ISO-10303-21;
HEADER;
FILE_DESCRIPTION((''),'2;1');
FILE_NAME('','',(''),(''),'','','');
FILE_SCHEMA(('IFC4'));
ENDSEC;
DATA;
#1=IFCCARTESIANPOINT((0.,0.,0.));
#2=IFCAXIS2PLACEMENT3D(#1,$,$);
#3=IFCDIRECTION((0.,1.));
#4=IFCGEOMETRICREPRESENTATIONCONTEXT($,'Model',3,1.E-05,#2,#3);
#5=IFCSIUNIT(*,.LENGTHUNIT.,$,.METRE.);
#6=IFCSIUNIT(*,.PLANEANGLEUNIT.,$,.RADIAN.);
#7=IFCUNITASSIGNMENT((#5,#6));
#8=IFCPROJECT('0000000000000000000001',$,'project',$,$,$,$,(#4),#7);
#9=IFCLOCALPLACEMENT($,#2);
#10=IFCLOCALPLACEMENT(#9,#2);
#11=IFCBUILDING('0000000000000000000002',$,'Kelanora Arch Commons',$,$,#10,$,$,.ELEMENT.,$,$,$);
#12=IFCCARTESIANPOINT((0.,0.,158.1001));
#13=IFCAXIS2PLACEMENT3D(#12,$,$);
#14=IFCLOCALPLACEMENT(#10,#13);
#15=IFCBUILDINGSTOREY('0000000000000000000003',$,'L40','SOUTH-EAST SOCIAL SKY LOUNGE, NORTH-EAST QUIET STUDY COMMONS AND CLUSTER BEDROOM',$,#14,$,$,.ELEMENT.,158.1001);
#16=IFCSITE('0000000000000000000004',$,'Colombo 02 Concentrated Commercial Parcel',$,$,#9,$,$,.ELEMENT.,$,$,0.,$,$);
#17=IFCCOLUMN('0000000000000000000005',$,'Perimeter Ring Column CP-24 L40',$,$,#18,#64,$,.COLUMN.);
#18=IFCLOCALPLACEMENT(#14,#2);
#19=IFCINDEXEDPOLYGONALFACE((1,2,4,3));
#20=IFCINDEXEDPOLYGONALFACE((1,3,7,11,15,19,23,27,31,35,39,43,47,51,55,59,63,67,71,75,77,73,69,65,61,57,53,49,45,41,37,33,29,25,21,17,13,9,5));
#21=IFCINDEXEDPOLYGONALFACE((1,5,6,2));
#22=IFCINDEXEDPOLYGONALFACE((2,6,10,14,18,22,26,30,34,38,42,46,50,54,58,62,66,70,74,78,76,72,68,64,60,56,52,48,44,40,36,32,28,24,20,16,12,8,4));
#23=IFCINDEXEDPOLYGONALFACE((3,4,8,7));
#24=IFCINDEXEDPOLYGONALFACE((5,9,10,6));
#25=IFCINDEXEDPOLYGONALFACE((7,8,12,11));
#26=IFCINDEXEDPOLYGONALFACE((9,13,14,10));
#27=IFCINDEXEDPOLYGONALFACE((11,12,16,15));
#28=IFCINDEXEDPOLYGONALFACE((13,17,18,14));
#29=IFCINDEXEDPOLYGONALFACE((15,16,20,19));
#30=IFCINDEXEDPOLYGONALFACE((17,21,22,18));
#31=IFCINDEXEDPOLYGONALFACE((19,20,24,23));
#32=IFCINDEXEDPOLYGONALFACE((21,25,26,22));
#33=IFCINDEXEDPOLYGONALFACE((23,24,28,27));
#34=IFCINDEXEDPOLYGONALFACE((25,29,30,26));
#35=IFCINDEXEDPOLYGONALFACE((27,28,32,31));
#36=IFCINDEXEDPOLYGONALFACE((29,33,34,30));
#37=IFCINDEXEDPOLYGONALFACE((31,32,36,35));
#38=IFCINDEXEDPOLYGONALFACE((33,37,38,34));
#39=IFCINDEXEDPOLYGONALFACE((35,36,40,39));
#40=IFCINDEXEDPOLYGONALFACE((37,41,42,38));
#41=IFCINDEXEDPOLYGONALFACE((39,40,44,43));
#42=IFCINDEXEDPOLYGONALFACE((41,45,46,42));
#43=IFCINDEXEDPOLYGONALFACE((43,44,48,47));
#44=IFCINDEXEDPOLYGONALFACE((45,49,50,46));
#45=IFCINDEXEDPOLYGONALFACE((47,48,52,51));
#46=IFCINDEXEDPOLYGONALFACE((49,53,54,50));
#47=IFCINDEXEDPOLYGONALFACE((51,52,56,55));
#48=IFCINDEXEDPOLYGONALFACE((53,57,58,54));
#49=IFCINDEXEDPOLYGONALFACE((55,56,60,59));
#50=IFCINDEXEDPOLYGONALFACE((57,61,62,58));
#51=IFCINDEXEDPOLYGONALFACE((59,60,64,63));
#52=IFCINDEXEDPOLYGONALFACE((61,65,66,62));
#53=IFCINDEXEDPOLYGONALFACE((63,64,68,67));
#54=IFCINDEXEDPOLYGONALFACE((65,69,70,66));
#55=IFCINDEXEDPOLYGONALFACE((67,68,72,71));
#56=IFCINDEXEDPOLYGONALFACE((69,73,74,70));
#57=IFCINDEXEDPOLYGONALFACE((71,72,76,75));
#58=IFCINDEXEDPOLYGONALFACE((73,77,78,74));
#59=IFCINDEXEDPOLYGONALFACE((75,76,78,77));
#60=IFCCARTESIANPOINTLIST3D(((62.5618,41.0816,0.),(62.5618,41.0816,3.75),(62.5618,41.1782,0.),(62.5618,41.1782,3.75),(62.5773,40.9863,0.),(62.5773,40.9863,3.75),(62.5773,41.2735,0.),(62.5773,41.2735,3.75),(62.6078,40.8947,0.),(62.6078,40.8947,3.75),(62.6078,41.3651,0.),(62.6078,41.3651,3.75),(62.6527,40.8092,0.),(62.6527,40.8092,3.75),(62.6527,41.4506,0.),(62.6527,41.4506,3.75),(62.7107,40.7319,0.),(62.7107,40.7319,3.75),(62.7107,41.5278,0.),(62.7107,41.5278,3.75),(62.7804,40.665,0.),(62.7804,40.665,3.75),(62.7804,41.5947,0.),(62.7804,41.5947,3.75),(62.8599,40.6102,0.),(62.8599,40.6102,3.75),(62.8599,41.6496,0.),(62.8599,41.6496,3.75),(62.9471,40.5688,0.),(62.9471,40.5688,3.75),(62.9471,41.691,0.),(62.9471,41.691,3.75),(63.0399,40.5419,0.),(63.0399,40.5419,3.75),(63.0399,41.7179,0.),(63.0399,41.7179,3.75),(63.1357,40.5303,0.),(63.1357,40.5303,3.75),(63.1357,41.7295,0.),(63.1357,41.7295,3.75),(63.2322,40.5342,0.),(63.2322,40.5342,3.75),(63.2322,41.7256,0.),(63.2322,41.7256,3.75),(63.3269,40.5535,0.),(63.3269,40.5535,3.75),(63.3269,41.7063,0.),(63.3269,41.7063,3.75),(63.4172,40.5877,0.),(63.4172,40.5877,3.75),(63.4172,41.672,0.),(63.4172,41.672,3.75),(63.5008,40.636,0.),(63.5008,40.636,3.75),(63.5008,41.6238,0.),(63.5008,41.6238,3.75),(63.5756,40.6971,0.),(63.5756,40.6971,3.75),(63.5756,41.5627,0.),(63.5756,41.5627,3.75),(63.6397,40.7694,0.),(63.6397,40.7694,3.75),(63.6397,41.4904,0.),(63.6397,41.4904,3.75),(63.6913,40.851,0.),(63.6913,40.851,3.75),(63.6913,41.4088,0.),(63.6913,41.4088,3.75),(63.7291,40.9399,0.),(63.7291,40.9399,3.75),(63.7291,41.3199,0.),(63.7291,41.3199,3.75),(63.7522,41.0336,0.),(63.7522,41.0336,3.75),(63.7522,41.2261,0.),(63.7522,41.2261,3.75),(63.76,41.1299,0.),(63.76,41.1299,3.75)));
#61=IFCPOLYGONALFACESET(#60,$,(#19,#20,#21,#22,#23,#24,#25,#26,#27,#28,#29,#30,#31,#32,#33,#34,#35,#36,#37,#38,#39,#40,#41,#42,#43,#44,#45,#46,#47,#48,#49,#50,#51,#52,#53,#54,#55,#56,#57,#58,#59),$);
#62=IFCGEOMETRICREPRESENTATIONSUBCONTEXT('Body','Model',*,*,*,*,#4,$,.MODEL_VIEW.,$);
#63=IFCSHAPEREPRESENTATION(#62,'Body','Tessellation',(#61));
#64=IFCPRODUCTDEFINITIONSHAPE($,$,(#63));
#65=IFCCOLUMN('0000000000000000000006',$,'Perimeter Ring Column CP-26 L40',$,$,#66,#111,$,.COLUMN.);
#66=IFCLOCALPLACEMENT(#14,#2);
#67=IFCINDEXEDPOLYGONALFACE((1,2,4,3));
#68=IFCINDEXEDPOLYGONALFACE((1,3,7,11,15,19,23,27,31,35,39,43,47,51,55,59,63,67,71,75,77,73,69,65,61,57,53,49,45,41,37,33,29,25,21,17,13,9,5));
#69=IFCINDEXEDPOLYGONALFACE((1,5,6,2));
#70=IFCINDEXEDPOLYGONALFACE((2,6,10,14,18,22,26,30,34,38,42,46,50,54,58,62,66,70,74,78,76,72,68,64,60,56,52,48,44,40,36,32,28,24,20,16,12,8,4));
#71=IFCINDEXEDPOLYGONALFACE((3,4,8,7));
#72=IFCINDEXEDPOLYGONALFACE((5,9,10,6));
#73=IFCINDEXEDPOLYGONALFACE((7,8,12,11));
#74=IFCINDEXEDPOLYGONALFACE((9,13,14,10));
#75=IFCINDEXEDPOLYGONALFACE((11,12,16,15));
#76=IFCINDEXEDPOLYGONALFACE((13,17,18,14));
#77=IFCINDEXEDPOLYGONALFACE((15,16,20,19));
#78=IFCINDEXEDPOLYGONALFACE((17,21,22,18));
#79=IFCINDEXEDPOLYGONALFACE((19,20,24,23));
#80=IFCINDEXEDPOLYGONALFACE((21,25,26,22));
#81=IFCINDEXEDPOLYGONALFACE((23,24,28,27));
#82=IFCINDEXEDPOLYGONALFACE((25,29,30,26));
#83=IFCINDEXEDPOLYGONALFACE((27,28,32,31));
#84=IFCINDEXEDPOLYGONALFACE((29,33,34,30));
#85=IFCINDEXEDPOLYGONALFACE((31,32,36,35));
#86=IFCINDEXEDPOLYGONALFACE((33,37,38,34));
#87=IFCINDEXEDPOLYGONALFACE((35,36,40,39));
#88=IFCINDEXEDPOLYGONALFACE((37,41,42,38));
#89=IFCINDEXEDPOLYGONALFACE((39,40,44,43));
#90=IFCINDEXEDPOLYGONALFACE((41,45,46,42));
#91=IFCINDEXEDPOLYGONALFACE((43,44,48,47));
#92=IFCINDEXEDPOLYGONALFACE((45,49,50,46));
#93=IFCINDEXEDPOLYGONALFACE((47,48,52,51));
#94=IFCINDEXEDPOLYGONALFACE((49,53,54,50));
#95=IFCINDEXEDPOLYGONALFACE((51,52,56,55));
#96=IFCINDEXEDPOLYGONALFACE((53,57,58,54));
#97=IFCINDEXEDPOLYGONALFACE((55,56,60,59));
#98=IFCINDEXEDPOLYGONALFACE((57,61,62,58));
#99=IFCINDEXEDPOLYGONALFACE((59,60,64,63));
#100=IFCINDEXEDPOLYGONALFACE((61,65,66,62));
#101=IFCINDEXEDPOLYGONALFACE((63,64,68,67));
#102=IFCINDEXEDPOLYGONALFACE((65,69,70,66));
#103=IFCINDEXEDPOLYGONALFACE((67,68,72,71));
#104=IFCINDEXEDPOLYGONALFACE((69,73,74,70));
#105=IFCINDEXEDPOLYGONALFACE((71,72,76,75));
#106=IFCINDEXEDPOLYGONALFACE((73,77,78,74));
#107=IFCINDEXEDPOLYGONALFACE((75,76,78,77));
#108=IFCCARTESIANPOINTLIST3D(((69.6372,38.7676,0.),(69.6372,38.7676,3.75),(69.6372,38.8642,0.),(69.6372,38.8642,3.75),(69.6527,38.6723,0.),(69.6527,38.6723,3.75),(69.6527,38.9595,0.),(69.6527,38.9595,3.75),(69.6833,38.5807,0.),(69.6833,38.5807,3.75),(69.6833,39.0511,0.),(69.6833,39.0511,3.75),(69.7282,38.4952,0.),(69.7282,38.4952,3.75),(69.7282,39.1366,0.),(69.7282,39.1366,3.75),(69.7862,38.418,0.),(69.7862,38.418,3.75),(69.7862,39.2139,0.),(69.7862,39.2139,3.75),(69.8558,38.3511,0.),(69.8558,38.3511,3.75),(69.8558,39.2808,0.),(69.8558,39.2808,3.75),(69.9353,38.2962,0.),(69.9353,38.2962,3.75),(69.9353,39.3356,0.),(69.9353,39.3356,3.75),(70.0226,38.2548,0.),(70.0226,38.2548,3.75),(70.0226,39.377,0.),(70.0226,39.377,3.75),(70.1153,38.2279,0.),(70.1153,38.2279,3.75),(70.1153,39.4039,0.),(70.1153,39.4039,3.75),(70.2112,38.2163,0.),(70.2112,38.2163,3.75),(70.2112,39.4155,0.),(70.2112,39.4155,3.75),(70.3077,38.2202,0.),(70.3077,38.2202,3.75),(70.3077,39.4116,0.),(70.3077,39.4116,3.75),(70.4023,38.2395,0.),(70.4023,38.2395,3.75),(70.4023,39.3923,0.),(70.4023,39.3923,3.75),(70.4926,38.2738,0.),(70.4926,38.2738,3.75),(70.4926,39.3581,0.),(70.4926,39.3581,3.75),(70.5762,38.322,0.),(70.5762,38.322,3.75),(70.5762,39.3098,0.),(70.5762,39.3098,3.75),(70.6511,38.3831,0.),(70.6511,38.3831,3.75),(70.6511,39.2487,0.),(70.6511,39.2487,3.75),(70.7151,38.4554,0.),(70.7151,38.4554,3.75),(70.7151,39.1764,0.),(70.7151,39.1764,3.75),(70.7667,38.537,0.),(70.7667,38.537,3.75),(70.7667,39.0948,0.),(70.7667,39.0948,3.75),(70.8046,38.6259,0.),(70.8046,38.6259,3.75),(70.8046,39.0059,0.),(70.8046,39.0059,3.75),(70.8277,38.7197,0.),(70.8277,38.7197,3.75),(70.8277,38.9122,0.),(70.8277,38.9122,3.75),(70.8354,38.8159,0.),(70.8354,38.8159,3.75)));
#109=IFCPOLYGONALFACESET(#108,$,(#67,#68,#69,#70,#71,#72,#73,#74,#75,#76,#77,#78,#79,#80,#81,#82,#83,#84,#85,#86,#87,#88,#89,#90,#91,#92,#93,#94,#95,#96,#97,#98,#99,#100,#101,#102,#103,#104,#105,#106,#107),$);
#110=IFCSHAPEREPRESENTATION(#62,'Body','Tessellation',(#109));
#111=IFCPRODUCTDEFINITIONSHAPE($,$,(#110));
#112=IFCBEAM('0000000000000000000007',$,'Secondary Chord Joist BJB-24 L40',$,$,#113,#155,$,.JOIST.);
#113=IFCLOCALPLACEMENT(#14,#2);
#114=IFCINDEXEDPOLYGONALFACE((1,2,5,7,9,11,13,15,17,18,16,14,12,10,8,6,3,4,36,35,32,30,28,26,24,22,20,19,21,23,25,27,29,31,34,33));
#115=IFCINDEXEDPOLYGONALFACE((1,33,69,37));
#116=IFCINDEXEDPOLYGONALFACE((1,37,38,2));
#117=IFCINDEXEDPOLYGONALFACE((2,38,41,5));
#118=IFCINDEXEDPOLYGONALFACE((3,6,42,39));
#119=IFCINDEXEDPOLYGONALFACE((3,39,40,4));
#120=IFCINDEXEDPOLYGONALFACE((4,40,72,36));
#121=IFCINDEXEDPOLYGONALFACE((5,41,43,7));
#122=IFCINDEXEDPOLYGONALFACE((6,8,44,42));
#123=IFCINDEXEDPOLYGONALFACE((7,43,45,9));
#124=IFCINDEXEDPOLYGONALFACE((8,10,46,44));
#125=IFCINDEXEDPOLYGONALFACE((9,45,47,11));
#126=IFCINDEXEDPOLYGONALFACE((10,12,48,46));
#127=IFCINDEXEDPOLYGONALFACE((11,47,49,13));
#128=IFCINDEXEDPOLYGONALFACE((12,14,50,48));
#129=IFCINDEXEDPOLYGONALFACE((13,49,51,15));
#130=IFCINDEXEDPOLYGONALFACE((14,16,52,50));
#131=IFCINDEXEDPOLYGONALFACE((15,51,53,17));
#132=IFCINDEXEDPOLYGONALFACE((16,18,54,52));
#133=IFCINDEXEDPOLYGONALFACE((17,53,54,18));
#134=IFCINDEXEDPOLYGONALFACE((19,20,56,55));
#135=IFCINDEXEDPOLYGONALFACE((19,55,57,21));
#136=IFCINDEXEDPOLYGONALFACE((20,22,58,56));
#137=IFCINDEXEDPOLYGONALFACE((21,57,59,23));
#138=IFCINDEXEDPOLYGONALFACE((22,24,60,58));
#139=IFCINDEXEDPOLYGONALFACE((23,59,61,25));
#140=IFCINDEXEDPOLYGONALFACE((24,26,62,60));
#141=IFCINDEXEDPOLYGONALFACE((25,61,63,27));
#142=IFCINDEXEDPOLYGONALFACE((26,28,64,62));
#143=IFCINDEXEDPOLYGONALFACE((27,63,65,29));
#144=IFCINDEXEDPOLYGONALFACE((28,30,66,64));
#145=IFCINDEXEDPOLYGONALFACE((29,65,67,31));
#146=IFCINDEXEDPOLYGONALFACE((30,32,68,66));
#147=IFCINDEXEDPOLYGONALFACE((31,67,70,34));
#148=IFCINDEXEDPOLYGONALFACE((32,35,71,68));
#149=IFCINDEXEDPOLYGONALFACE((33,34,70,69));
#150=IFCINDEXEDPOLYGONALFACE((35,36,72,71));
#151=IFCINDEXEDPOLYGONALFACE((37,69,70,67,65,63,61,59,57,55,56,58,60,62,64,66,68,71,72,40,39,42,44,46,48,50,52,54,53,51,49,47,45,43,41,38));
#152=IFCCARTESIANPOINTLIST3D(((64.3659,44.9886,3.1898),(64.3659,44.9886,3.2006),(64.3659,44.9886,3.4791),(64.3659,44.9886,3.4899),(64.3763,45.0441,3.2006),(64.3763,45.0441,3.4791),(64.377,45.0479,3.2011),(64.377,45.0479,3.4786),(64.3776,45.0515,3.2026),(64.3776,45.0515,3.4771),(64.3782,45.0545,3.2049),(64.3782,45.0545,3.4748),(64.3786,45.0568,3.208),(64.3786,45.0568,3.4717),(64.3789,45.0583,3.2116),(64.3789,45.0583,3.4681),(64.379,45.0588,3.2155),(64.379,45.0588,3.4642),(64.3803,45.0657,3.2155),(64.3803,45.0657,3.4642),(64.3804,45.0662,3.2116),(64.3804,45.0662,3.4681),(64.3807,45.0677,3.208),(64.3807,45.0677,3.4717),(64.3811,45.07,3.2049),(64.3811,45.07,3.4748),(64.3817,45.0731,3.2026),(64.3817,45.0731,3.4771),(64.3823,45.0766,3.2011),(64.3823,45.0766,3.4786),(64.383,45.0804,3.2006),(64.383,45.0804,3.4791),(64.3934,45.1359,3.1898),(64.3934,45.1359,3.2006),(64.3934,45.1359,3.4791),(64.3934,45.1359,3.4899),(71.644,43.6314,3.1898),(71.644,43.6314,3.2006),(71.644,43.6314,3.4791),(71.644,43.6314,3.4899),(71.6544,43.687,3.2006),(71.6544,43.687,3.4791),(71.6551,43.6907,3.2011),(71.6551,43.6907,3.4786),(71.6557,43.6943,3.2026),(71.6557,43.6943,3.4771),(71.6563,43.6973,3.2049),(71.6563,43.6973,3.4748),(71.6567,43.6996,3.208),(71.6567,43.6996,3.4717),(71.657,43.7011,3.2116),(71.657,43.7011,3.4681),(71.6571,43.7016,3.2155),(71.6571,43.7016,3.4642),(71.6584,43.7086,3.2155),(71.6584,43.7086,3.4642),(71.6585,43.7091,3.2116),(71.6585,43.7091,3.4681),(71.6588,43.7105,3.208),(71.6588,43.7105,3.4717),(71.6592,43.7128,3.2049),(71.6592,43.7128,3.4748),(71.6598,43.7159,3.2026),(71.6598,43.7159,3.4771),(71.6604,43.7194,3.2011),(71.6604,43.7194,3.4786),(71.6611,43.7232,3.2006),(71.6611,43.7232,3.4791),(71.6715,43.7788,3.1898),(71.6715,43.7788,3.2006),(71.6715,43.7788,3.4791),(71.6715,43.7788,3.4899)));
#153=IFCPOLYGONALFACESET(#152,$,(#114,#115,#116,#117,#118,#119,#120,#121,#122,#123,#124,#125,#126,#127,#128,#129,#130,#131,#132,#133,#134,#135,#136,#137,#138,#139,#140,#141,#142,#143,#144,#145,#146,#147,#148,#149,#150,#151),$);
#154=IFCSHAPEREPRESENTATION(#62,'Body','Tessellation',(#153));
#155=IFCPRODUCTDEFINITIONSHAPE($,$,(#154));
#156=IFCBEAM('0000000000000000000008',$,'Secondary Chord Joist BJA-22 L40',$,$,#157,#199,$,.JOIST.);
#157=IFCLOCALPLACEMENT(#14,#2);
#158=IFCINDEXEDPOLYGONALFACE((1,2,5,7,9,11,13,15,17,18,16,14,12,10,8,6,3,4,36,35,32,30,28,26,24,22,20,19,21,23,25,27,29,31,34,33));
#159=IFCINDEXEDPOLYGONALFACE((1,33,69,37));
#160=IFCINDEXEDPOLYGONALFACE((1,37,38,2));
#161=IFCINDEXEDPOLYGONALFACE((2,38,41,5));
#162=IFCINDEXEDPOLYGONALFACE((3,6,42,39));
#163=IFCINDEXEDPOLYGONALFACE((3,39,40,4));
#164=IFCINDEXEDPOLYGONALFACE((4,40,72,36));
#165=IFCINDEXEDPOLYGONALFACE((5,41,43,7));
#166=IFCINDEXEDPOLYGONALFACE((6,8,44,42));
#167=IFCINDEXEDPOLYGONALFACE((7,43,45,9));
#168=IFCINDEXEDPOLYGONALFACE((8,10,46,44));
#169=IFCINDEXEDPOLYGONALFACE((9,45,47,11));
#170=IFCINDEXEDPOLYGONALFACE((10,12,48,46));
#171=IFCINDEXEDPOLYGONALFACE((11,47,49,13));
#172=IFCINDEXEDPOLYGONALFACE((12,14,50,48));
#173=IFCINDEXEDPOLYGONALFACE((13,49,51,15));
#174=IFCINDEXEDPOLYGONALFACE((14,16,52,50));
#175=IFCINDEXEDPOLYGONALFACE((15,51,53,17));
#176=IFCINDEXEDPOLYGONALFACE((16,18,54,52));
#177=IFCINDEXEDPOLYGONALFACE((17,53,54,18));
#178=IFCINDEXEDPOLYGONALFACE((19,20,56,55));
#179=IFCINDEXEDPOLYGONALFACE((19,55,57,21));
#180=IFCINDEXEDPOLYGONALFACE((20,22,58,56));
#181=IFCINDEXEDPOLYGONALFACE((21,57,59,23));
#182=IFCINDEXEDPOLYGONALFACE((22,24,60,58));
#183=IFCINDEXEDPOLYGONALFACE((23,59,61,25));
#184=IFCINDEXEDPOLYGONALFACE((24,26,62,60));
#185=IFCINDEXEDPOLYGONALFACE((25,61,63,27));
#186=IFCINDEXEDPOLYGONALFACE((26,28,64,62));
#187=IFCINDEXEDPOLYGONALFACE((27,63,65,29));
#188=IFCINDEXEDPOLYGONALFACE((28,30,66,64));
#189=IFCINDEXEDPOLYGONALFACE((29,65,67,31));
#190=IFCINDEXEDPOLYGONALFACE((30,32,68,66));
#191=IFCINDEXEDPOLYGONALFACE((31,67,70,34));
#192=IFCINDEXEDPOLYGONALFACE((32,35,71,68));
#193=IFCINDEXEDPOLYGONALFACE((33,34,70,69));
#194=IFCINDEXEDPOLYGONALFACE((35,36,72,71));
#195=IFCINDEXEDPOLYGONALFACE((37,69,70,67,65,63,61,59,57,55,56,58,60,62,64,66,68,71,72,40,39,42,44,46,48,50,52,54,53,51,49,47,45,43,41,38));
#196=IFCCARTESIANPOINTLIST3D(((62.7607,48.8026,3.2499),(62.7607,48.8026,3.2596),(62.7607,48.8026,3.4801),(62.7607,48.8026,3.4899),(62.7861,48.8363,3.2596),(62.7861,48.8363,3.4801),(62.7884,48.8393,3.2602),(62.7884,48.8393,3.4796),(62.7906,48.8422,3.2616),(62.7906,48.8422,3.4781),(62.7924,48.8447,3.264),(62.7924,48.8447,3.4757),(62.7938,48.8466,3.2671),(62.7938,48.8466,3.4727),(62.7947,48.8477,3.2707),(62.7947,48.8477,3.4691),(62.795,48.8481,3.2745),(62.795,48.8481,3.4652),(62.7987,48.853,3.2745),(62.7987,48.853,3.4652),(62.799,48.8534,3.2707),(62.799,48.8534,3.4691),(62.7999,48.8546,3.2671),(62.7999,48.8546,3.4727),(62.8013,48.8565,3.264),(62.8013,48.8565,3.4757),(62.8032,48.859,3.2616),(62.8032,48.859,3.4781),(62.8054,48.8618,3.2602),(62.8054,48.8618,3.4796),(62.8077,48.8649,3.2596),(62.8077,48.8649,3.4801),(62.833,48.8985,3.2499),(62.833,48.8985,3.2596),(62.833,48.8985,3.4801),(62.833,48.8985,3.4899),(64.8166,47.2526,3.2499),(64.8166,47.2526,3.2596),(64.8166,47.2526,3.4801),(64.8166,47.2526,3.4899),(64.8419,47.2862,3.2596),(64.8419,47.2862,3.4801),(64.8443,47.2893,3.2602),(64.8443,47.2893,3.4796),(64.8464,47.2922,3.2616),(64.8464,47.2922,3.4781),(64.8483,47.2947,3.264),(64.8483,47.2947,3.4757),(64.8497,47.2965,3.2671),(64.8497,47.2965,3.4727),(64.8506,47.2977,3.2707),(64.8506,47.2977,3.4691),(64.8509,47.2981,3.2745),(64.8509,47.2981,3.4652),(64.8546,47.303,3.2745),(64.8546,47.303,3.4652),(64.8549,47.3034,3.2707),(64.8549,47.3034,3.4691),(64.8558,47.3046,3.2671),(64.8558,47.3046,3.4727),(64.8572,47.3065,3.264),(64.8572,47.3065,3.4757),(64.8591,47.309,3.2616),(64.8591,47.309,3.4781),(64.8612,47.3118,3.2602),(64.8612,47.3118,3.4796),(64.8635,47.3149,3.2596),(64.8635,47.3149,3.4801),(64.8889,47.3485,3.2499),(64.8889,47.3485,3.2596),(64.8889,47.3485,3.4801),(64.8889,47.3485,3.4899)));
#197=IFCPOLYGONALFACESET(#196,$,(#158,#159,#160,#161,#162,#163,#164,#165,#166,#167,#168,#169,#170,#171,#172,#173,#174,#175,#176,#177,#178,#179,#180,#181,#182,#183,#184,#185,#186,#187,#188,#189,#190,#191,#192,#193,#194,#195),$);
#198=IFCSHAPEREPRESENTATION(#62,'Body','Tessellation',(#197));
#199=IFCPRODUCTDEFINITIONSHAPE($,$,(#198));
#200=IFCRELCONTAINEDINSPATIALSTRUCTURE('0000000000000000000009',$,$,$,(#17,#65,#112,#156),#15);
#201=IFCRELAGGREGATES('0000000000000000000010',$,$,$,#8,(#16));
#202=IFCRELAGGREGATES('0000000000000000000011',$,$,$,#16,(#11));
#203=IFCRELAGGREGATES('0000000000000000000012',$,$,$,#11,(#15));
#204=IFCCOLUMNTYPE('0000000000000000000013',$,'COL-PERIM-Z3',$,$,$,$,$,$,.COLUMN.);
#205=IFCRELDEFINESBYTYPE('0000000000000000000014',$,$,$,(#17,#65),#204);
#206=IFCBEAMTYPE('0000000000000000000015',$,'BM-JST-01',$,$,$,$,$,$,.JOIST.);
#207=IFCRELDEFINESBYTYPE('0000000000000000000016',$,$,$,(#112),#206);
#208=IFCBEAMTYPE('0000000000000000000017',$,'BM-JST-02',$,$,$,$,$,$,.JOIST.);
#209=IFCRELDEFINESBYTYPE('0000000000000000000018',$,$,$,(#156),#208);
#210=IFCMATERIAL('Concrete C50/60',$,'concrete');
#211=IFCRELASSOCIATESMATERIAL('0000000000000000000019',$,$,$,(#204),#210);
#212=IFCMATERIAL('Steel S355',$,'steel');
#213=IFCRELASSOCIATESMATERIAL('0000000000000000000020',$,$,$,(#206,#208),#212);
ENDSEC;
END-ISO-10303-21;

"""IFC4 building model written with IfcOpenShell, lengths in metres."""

from ifc_helpers import new_model, si_unit, direction, frame, origin, origin_2d, place, context, subcontext, project, spatial, circle, i_section, extrude, material, material_profile, profile_set, type_object, element, save


model = new_model("IFC4")

# Units and contexts
model_context = context("Model", 3, precision=1e-05, world=origin(), true_north=direction((0.0, 1.0)))
body_context = subcontext(model_context, "Body", "Model", "MODEL_VIEW")
ifc_project = project(units=[si_unit("LENGTHUNIT", "METRE"), si_unit("PLANEANGLEUNIT", "RADIAN")], contexts=[model_context])

# Site, building, storey
site_placement = place(None, origin())
site = spatial("IfcSite", under=ifc_project, at=site_placement, Name="Colombo 02 Concentrated Commercial Parcel", CompositionType="ELEMENT", RefElevation=0.0)
building_placement = place(site_placement, origin())
building = spatial("IfcBuilding", under=site, at=building_placement, Name="Kelanora Arch Commons", CompositionType="ELEMENT")
storey_placement = place(building_placement, frame((0.0, 0.0, 158.1001)))
storey = spatial("IfcBuildingStorey", under=building, at=storey_placement, Name="L40", Description="SOUTH-EAST SOCIAL SKY LOUNGE, NORTH-EAST QUIET STUDY COMMONS AND CLUSTER BEDROOM", CompositionType="ELEMENT", Elevation=158.1001)

# Columns
ifc_material_1 = material(Name="Concrete C50/60", Category="concrete")
ifc_material_profile_1 = material_profile(ifc_material_1, circle(Radius=0.6001, at=origin_2d()), Name="RCC1200")
ifc_profile_set_1 = profile_set([ifc_material_profile_1], Name="Concrete C50/60")
column_type = type_object("IfcColumnType", Name="COL-PERIM-Z3", PredefinedType="COLUMN", material=ifc_profile_set_1)
for number, where, z_axis, x_axis, name in (
    (1, (63.1599, 41.1299, 0.0), (0.0, 0.0, 1.0), (1.0, 0.0, 0.0), "Perimeter Ring Column CP-24 L40"),
    (2, (70.2354, 38.8159, 0.0), (0.0, 0.0, 1.0), (1.0, 0.0, 0.0), "Perimeter Ring Column CP-26 L40"),
):
    element("IfcColumn", number, at=place(storey_placement, frame(where, z_axis=z_axis, x_axis=x_axis)), inside=storey, type_object=column_type, Name=name, PredefinedType="COLUMN", context=body_context, shape_type="SweptSolid", body=[
        extrude(circle(Radius=0.6001, at=origin_2d()), origin(), (0.0, 0.0, 1.0), 3.75),
    ])

# Beams
ifc_material_2 = material(Name="Steel S355", Category="steel")
ifc_material_profile_2 = material_profile(ifc_material_2, i_section(OverallWidth=0.1499, OverallDepth=0.3, WebThickness=0.0071, FlangeThickness=0.0107, FilletRadius=0.0149, at=origin_2d()), Name="IPE300")
ifc_profile_set_2 = profile_set([ifc_material_profile_2], Name="Steel S355")
beam_type_1 = type_object("IfcBeamType", Name="BM-JST-01", PredefinedType="JOIST", material=ifc_profile_set_2)
beam_1_placement = place(storey_placement, frame((64.3796, 45.0623, 3.3398), z_axis=(0.983054, -0.183315, 0.0), x_axis=(0.183315, 0.983054, 0.0)))
element("IfcBeam", 3, at=beam_1_placement, inside=storey, type_object=beam_type_1, Name="Secondary Chord Joist BJB-24 L40", PredefinedType="JOIST", context=body_context, shape_type="SweptSolid", body=[
    extrude(i_section(OverallWidth=0.1499, OverallDepth=0.3, WebThickness=0.0071, FlangeThickness=0.0107, FilletRadius=0.0149, at=origin_2d()), origin(), (0.0, 0.0, 1.0), 7.4036),
])
ifc_material_profile_3 = material_profile(ifc_material_2, i_section(OverallWidth=0.1201, OverallDepth=0.24, WebThickness=0.0061, FlangeThickness=0.0098, FilletRadius=0.0149, at=origin_2d()), Name="IPE240")
ifc_profile_set_3 = profile_set([ifc_material_profile_3], Name="Steel S355")
beam_type_2 = type_object("IfcBeamType", Name="BM-JST-02", PredefinedType="JOIST", material=ifc_profile_set_3)
beam_2_placement = place(storey_placement, frame((62.7969, 48.8506, 3.3699), z_axis=(0.798484, -0.602016, 0.0), x_axis=(0.602016, 0.798484, 0.0)))
element("IfcBeam", 4, at=beam_2_placement, inside=storey, type_object=beam_type_2, Name="Secondary Chord Joist BJA-22 L40", PredefinedType="JOIST", context=body_context, shape_type="SweptSolid", body=[
    extrude(i_section(OverallWidth=0.1201, OverallDepth=0.24, WebThickness=0.0061, FlangeThickness=0.0098, FilletRadius=0.0149, at=origin_2d()), origin(), (0.0, 0.0, 1.0), 2.5747),
])

save(model, "model.ifc")
